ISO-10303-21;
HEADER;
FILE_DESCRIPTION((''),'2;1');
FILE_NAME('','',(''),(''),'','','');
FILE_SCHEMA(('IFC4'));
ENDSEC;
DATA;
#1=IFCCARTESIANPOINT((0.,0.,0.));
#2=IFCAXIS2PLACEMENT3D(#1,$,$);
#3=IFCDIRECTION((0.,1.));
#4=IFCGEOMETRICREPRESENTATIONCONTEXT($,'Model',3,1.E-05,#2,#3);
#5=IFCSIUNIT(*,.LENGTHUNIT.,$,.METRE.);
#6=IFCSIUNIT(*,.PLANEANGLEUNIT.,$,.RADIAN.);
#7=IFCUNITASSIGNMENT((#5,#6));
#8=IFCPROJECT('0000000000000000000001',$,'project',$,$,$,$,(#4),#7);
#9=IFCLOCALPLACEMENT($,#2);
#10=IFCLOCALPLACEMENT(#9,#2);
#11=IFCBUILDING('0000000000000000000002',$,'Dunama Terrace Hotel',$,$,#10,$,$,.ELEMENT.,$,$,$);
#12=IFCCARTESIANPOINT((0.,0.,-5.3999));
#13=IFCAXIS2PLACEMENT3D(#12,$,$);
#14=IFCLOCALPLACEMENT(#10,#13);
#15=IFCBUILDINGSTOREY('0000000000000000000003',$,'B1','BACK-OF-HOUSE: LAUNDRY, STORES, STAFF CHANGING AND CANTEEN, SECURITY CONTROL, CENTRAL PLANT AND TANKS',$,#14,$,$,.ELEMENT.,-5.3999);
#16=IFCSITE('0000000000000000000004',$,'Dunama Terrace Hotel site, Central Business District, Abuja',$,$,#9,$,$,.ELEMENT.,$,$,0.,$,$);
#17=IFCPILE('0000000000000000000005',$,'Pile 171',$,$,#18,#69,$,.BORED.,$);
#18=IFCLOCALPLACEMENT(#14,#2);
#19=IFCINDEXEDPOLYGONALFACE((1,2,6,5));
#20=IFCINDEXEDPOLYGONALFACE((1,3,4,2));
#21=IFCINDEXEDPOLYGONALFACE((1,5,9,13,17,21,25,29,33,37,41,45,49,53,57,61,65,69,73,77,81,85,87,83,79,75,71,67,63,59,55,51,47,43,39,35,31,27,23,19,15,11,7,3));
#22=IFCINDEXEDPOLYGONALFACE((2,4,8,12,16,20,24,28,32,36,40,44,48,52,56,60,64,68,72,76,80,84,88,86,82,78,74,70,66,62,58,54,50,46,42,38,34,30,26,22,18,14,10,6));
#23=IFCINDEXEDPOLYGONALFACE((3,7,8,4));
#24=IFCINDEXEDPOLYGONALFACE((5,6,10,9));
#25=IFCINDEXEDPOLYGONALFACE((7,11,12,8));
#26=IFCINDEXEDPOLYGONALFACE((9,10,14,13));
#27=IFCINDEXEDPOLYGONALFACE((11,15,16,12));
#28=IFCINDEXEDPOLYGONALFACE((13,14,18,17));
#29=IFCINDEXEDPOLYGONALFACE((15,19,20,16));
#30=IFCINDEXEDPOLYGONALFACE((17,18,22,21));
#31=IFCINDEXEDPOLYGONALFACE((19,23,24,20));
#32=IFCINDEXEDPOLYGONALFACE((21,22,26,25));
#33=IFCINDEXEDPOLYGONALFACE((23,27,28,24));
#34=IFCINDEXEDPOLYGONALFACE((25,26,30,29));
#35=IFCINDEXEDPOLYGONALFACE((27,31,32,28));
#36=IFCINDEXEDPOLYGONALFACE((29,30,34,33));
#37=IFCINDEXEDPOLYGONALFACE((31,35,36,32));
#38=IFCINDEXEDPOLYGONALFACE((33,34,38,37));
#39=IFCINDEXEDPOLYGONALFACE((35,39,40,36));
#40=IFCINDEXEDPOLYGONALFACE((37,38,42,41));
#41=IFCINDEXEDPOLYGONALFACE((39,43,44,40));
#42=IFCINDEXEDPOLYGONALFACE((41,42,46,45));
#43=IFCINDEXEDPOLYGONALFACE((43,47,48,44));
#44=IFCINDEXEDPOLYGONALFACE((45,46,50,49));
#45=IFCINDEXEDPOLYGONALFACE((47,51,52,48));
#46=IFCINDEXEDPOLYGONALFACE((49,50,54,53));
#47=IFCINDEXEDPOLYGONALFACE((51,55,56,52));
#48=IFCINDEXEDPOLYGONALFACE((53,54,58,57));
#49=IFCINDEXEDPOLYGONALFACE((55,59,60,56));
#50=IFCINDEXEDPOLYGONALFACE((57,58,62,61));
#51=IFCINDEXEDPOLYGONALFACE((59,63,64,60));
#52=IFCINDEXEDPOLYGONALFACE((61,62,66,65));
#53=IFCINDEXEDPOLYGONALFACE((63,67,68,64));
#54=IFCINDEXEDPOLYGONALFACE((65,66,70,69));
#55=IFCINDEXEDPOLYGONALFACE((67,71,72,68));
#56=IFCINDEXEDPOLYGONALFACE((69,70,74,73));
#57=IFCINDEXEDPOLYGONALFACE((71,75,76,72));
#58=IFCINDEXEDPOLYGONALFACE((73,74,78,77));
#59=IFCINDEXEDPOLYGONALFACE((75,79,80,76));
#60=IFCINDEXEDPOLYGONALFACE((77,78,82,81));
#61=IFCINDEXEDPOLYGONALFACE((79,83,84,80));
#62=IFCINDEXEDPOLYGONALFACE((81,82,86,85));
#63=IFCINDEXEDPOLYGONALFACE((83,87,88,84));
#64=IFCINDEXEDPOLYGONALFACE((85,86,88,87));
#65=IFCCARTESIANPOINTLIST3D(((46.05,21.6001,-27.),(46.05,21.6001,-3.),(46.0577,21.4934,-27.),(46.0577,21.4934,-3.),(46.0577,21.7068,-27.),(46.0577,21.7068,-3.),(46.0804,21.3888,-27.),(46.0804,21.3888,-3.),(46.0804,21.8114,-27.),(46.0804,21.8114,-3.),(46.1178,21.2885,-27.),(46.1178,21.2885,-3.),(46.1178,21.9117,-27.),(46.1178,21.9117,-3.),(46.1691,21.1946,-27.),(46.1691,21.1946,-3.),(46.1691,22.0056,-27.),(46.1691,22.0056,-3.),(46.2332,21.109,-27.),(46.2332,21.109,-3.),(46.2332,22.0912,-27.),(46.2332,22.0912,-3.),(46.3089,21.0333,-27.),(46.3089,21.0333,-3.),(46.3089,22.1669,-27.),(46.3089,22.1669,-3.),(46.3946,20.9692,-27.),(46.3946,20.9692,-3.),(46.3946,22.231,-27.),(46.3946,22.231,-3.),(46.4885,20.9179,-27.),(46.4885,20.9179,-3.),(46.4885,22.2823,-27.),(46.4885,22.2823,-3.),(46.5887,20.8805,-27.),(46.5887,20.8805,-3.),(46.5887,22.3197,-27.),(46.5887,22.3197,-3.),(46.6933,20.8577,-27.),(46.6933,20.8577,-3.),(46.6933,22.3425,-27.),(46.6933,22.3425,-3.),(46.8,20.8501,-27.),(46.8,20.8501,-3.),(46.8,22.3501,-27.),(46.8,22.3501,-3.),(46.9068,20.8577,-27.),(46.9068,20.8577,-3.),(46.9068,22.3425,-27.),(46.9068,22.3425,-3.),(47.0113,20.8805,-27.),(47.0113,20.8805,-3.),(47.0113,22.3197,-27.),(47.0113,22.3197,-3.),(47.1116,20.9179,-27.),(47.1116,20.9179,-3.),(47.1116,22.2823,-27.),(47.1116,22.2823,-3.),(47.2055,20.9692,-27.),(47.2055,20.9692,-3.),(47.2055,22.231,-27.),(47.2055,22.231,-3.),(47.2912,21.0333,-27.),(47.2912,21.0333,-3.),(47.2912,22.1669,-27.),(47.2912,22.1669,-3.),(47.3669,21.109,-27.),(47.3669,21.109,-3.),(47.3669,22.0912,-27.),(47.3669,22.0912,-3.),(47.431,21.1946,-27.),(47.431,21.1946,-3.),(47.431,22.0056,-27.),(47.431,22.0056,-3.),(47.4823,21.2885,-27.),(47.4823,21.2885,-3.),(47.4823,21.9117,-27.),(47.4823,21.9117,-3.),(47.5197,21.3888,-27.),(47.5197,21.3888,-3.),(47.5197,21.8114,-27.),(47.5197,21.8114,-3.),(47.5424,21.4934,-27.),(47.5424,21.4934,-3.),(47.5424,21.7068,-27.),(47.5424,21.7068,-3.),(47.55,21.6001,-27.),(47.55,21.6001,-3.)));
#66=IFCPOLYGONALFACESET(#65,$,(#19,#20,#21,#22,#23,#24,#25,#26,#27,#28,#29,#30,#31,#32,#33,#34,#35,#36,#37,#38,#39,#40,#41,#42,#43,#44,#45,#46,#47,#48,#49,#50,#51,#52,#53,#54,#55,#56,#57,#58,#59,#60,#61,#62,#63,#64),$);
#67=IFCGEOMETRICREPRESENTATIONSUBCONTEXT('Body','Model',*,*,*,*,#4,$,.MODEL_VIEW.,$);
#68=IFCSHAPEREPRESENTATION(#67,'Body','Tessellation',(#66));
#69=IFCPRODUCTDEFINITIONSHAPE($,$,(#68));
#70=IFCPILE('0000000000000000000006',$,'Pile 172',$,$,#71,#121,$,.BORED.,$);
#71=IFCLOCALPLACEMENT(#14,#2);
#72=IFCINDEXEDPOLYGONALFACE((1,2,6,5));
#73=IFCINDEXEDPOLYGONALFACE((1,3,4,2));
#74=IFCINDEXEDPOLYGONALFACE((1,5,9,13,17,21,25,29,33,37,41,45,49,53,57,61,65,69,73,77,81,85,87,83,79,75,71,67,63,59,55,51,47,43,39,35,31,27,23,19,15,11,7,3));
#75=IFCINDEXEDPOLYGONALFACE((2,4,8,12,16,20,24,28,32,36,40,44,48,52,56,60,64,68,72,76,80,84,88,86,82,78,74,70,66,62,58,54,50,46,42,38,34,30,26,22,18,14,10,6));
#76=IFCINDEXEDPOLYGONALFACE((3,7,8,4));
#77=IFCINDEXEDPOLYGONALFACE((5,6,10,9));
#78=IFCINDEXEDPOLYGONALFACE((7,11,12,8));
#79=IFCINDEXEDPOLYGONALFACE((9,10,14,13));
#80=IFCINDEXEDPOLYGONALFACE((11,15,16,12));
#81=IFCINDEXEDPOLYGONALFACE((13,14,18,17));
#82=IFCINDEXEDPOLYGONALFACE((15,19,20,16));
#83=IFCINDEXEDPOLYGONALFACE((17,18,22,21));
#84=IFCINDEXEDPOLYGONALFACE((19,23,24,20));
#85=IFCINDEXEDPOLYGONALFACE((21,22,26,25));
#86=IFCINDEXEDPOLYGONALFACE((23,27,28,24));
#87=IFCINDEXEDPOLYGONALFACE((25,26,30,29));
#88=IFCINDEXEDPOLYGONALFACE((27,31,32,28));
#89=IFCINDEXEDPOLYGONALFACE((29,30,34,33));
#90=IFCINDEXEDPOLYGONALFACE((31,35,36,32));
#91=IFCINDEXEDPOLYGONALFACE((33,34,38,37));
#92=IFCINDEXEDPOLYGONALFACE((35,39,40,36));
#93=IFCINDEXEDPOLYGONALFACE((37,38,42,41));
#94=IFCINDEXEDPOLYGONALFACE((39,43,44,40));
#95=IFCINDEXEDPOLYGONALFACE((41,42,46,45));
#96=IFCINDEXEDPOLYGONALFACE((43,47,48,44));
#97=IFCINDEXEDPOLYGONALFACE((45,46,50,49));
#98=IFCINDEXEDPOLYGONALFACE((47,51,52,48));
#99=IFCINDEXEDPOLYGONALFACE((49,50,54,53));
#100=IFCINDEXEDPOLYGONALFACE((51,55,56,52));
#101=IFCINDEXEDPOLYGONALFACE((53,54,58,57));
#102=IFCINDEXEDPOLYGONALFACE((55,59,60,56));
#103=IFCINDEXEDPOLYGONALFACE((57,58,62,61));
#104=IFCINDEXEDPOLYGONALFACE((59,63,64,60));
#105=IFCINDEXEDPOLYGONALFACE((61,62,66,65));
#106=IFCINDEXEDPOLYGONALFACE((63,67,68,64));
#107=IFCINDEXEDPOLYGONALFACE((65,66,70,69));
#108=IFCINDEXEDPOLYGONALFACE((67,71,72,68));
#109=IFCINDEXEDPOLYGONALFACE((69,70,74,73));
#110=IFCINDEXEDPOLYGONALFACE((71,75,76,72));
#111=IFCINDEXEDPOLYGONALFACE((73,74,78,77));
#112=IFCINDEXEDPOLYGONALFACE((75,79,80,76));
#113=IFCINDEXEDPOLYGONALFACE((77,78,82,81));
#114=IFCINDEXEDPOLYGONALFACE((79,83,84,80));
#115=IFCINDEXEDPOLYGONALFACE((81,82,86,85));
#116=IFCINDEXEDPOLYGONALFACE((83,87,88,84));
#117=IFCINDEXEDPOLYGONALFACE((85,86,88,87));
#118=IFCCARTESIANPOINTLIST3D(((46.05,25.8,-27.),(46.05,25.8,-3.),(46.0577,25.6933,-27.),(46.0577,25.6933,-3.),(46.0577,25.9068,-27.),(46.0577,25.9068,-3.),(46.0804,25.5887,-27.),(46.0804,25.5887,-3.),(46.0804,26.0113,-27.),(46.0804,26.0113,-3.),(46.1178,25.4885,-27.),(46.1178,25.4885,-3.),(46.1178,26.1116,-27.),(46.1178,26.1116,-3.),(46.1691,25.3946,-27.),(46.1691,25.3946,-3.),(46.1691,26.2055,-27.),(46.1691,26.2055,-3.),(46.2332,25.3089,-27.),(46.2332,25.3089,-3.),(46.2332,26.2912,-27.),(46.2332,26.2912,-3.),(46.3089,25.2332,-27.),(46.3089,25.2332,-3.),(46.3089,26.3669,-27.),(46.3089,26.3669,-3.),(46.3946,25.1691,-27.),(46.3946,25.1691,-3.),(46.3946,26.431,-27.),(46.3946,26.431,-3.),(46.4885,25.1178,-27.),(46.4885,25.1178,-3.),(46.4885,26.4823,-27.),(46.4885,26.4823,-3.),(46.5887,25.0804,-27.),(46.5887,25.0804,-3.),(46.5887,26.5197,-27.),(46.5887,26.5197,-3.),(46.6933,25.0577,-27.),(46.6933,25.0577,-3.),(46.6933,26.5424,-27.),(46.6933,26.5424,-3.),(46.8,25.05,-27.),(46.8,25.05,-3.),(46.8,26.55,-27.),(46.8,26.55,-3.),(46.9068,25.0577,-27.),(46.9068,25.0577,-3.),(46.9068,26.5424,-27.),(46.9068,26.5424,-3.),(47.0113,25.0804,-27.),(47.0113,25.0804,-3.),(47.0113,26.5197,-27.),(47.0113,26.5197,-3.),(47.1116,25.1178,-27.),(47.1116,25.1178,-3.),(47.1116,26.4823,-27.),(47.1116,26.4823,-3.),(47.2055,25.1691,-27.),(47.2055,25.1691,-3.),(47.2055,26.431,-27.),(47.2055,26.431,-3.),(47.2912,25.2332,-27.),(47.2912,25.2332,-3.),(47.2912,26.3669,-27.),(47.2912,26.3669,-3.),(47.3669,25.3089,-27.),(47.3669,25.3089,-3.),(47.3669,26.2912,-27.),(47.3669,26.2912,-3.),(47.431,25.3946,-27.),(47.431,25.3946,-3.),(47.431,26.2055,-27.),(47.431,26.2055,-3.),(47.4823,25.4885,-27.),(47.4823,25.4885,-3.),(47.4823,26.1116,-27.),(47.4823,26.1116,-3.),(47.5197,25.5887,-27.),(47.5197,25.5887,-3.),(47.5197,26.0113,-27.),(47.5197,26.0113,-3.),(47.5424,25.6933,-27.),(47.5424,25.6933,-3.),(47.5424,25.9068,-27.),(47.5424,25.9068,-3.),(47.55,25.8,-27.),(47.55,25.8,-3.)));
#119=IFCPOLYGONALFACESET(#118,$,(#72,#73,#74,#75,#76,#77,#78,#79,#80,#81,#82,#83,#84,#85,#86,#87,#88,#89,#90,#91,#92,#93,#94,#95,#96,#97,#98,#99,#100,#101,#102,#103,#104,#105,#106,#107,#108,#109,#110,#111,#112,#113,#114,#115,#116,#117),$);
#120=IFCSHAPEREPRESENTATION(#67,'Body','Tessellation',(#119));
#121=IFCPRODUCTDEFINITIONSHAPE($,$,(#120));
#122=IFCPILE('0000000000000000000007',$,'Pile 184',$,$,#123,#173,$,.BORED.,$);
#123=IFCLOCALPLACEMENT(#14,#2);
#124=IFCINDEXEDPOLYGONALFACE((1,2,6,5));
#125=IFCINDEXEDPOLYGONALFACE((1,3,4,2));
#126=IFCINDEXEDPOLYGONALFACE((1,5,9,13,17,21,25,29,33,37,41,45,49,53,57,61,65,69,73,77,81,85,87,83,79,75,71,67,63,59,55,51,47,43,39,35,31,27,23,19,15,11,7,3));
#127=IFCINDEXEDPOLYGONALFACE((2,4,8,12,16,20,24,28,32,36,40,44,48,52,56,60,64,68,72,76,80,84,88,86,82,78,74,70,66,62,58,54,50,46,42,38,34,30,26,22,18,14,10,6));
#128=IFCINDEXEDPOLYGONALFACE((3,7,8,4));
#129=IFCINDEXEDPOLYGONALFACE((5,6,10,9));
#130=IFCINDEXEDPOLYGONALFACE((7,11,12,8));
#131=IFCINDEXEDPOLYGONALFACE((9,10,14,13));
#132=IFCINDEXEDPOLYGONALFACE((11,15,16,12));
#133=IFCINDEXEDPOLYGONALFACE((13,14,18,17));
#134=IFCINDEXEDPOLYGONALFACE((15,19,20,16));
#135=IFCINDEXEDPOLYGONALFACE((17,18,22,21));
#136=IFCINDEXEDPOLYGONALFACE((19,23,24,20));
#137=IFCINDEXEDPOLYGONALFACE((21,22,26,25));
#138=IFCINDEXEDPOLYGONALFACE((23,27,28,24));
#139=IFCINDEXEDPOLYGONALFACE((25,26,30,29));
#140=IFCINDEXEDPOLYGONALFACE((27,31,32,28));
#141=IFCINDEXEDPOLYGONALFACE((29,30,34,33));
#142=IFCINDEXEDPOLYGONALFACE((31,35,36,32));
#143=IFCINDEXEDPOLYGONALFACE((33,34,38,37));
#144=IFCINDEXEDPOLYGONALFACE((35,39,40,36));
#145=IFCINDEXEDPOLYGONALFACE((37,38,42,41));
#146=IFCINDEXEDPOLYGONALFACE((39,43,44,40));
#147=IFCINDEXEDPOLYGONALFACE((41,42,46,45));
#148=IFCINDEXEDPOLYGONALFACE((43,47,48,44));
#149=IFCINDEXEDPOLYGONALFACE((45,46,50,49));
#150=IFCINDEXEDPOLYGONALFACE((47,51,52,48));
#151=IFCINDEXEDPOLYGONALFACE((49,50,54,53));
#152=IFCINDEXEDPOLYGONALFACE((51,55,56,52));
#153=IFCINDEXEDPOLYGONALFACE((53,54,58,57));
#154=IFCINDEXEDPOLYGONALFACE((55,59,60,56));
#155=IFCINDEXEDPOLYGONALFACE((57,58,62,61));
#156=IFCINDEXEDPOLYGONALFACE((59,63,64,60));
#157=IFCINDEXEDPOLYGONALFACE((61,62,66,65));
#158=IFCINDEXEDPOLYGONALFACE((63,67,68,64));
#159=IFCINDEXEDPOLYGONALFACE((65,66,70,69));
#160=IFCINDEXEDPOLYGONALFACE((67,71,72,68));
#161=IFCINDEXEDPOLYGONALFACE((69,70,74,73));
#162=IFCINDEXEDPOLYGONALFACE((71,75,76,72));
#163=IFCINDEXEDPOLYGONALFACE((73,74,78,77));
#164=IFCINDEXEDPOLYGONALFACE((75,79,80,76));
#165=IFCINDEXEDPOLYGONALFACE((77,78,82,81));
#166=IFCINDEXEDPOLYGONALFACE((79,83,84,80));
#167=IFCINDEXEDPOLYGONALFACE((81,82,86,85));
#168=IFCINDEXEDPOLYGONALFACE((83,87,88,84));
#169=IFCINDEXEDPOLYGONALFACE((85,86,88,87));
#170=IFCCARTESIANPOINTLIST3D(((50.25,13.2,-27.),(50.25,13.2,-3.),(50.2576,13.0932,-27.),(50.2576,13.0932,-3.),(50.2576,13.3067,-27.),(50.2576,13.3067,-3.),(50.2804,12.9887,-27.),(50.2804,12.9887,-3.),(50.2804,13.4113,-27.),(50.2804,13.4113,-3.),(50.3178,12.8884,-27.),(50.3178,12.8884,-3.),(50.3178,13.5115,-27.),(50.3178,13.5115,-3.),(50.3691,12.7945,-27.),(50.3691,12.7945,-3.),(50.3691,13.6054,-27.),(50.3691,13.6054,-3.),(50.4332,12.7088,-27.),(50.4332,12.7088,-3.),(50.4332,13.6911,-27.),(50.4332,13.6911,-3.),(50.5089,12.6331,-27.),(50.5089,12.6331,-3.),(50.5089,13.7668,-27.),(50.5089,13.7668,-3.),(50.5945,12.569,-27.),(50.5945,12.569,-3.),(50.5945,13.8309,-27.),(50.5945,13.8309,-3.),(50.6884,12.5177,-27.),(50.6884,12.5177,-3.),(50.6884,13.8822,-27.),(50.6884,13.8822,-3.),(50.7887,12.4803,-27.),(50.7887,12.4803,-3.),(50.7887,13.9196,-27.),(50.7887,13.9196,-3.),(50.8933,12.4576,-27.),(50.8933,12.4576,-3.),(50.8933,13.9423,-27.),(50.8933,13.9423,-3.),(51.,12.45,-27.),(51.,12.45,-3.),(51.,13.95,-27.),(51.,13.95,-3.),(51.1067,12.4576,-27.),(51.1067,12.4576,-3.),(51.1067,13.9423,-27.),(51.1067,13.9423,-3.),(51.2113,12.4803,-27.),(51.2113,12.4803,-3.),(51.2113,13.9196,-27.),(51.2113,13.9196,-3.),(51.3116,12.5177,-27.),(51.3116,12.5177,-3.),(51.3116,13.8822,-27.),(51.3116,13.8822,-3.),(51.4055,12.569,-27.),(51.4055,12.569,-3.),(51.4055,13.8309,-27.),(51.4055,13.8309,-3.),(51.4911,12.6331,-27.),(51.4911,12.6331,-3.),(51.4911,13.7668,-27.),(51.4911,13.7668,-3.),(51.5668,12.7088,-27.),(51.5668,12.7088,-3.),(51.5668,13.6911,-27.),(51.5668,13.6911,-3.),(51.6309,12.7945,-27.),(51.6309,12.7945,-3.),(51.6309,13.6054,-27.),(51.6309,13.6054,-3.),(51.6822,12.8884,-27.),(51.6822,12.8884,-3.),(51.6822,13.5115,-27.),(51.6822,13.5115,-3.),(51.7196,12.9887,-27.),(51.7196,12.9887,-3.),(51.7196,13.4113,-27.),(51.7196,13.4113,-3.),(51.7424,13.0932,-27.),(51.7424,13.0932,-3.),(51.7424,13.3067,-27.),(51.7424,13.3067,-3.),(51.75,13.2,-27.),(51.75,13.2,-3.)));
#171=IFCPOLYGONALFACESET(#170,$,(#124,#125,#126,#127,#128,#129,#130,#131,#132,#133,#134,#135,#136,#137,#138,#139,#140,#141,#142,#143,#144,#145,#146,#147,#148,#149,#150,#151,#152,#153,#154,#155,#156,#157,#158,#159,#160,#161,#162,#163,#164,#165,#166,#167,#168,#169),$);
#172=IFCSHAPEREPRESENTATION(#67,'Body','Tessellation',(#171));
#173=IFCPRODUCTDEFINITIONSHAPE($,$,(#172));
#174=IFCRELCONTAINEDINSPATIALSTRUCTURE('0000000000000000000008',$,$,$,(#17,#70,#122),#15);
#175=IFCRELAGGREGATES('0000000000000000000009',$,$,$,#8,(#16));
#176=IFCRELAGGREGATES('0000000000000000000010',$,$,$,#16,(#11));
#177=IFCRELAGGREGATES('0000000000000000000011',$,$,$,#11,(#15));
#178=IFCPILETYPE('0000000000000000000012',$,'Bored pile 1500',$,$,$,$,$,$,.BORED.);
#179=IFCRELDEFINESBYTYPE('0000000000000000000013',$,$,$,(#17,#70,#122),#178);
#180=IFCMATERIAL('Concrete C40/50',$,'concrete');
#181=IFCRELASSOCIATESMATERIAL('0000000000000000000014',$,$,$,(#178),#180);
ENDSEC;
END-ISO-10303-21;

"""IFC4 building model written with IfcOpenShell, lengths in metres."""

from ifc_helpers import new_model, si_unit, direction, frame, origin, origin_2d, place, context, subcontext, project, spatial, circle, extrude, material, material_profile, profile_set, type_object, element, save


model = new_model("IFC4")

# Units and contexts
model_context = context("Model", 3, precision=1e-05, world=origin(), true_north=direction((0.0, 1.0)))
body_context = subcontext(model_context, "Body", "Model", "MODEL_VIEW")
ifc_project = project(units=[si_unit("LENGTHUNIT", "METRE"), si_unit("PLANEANGLEUNIT", "RADIAN")], contexts=[model_context])

# Site, building, storey
site_placement = place(None, origin())
site = spatial("IfcSite", under=ifc_project, at=site_placement, Name="Dunama Terrace Hotel site, Central Business District, Abuja", CompositionType="ELEMENT", RefElevation=0.0)
building_placement = place(site_placement, origin())
building = spatial("IfcBuilding", under=site, at=building_placement, Name="Dunama Terrace Hotel", CompositionType="ELEMENT")
storey_placement = place(building_placement, frame((0.0, 0.0, -5.3999)))
storey = spatial("IfcBuildingStorey", under=building, at=storey_placement, Name="B1", Description="BACK-OF-HOUSE: LAUNDRY, STORES, STAFF CHANGING AND CANTEEN, SECURITY CONTROL, CENTRAL PLANT AND TANKS", CompositionType="ELEMENT", Elevation=-5.3999)

# Piles
ifc_material_1 = material(Name="Concrete C40/50", Category="concrete")
ifc_material_profile_1 = material_profile(ifc_material_1, circle(Radius=0.75, at=origin_2d()), Name="PILE D1500")
ifc_profile_set_1 = profile_set([ifc_material_profile_1], Name="Concrete C40/50")
pile_type = type_object("IfcPileType", Name="Bored pile 1500", PredefinedType="BORED", material=ifc_profile_set_1)
for number, where, z_axis, x_axis, name in (
    (1, (46.8, 21.6001, -3.0), (0.0, 0.0, -1.0), (1.0, 0.0, 0.0), "Pile 171"),
    (2, (46.8, 25.8, -3.0), (0.0, 0.0, -1.0), (1.0, 0.0, 0.0), "Pile 172"),
    (3, (51.0, 13.2, -3.0), (0.0, 0.0, -1.0), (1.0, 0.0, 0.0), "Pile 184"),
):
    element("IfcPile", number, at=place(storey_placement, frame(where, z_axis=z_axis, x_axis=x_axis)), inside=storey, type_object=pile_type, Name=name, PredefinedType="BORED", context=body_context, shape_type="SweptSolid", body=[
        extrude(circle(Radius=0.75, at=origin_2d()), origin(), (0.0, 0.0, 1.0), 24.0),
    ])

save(model, "model.ifc")
